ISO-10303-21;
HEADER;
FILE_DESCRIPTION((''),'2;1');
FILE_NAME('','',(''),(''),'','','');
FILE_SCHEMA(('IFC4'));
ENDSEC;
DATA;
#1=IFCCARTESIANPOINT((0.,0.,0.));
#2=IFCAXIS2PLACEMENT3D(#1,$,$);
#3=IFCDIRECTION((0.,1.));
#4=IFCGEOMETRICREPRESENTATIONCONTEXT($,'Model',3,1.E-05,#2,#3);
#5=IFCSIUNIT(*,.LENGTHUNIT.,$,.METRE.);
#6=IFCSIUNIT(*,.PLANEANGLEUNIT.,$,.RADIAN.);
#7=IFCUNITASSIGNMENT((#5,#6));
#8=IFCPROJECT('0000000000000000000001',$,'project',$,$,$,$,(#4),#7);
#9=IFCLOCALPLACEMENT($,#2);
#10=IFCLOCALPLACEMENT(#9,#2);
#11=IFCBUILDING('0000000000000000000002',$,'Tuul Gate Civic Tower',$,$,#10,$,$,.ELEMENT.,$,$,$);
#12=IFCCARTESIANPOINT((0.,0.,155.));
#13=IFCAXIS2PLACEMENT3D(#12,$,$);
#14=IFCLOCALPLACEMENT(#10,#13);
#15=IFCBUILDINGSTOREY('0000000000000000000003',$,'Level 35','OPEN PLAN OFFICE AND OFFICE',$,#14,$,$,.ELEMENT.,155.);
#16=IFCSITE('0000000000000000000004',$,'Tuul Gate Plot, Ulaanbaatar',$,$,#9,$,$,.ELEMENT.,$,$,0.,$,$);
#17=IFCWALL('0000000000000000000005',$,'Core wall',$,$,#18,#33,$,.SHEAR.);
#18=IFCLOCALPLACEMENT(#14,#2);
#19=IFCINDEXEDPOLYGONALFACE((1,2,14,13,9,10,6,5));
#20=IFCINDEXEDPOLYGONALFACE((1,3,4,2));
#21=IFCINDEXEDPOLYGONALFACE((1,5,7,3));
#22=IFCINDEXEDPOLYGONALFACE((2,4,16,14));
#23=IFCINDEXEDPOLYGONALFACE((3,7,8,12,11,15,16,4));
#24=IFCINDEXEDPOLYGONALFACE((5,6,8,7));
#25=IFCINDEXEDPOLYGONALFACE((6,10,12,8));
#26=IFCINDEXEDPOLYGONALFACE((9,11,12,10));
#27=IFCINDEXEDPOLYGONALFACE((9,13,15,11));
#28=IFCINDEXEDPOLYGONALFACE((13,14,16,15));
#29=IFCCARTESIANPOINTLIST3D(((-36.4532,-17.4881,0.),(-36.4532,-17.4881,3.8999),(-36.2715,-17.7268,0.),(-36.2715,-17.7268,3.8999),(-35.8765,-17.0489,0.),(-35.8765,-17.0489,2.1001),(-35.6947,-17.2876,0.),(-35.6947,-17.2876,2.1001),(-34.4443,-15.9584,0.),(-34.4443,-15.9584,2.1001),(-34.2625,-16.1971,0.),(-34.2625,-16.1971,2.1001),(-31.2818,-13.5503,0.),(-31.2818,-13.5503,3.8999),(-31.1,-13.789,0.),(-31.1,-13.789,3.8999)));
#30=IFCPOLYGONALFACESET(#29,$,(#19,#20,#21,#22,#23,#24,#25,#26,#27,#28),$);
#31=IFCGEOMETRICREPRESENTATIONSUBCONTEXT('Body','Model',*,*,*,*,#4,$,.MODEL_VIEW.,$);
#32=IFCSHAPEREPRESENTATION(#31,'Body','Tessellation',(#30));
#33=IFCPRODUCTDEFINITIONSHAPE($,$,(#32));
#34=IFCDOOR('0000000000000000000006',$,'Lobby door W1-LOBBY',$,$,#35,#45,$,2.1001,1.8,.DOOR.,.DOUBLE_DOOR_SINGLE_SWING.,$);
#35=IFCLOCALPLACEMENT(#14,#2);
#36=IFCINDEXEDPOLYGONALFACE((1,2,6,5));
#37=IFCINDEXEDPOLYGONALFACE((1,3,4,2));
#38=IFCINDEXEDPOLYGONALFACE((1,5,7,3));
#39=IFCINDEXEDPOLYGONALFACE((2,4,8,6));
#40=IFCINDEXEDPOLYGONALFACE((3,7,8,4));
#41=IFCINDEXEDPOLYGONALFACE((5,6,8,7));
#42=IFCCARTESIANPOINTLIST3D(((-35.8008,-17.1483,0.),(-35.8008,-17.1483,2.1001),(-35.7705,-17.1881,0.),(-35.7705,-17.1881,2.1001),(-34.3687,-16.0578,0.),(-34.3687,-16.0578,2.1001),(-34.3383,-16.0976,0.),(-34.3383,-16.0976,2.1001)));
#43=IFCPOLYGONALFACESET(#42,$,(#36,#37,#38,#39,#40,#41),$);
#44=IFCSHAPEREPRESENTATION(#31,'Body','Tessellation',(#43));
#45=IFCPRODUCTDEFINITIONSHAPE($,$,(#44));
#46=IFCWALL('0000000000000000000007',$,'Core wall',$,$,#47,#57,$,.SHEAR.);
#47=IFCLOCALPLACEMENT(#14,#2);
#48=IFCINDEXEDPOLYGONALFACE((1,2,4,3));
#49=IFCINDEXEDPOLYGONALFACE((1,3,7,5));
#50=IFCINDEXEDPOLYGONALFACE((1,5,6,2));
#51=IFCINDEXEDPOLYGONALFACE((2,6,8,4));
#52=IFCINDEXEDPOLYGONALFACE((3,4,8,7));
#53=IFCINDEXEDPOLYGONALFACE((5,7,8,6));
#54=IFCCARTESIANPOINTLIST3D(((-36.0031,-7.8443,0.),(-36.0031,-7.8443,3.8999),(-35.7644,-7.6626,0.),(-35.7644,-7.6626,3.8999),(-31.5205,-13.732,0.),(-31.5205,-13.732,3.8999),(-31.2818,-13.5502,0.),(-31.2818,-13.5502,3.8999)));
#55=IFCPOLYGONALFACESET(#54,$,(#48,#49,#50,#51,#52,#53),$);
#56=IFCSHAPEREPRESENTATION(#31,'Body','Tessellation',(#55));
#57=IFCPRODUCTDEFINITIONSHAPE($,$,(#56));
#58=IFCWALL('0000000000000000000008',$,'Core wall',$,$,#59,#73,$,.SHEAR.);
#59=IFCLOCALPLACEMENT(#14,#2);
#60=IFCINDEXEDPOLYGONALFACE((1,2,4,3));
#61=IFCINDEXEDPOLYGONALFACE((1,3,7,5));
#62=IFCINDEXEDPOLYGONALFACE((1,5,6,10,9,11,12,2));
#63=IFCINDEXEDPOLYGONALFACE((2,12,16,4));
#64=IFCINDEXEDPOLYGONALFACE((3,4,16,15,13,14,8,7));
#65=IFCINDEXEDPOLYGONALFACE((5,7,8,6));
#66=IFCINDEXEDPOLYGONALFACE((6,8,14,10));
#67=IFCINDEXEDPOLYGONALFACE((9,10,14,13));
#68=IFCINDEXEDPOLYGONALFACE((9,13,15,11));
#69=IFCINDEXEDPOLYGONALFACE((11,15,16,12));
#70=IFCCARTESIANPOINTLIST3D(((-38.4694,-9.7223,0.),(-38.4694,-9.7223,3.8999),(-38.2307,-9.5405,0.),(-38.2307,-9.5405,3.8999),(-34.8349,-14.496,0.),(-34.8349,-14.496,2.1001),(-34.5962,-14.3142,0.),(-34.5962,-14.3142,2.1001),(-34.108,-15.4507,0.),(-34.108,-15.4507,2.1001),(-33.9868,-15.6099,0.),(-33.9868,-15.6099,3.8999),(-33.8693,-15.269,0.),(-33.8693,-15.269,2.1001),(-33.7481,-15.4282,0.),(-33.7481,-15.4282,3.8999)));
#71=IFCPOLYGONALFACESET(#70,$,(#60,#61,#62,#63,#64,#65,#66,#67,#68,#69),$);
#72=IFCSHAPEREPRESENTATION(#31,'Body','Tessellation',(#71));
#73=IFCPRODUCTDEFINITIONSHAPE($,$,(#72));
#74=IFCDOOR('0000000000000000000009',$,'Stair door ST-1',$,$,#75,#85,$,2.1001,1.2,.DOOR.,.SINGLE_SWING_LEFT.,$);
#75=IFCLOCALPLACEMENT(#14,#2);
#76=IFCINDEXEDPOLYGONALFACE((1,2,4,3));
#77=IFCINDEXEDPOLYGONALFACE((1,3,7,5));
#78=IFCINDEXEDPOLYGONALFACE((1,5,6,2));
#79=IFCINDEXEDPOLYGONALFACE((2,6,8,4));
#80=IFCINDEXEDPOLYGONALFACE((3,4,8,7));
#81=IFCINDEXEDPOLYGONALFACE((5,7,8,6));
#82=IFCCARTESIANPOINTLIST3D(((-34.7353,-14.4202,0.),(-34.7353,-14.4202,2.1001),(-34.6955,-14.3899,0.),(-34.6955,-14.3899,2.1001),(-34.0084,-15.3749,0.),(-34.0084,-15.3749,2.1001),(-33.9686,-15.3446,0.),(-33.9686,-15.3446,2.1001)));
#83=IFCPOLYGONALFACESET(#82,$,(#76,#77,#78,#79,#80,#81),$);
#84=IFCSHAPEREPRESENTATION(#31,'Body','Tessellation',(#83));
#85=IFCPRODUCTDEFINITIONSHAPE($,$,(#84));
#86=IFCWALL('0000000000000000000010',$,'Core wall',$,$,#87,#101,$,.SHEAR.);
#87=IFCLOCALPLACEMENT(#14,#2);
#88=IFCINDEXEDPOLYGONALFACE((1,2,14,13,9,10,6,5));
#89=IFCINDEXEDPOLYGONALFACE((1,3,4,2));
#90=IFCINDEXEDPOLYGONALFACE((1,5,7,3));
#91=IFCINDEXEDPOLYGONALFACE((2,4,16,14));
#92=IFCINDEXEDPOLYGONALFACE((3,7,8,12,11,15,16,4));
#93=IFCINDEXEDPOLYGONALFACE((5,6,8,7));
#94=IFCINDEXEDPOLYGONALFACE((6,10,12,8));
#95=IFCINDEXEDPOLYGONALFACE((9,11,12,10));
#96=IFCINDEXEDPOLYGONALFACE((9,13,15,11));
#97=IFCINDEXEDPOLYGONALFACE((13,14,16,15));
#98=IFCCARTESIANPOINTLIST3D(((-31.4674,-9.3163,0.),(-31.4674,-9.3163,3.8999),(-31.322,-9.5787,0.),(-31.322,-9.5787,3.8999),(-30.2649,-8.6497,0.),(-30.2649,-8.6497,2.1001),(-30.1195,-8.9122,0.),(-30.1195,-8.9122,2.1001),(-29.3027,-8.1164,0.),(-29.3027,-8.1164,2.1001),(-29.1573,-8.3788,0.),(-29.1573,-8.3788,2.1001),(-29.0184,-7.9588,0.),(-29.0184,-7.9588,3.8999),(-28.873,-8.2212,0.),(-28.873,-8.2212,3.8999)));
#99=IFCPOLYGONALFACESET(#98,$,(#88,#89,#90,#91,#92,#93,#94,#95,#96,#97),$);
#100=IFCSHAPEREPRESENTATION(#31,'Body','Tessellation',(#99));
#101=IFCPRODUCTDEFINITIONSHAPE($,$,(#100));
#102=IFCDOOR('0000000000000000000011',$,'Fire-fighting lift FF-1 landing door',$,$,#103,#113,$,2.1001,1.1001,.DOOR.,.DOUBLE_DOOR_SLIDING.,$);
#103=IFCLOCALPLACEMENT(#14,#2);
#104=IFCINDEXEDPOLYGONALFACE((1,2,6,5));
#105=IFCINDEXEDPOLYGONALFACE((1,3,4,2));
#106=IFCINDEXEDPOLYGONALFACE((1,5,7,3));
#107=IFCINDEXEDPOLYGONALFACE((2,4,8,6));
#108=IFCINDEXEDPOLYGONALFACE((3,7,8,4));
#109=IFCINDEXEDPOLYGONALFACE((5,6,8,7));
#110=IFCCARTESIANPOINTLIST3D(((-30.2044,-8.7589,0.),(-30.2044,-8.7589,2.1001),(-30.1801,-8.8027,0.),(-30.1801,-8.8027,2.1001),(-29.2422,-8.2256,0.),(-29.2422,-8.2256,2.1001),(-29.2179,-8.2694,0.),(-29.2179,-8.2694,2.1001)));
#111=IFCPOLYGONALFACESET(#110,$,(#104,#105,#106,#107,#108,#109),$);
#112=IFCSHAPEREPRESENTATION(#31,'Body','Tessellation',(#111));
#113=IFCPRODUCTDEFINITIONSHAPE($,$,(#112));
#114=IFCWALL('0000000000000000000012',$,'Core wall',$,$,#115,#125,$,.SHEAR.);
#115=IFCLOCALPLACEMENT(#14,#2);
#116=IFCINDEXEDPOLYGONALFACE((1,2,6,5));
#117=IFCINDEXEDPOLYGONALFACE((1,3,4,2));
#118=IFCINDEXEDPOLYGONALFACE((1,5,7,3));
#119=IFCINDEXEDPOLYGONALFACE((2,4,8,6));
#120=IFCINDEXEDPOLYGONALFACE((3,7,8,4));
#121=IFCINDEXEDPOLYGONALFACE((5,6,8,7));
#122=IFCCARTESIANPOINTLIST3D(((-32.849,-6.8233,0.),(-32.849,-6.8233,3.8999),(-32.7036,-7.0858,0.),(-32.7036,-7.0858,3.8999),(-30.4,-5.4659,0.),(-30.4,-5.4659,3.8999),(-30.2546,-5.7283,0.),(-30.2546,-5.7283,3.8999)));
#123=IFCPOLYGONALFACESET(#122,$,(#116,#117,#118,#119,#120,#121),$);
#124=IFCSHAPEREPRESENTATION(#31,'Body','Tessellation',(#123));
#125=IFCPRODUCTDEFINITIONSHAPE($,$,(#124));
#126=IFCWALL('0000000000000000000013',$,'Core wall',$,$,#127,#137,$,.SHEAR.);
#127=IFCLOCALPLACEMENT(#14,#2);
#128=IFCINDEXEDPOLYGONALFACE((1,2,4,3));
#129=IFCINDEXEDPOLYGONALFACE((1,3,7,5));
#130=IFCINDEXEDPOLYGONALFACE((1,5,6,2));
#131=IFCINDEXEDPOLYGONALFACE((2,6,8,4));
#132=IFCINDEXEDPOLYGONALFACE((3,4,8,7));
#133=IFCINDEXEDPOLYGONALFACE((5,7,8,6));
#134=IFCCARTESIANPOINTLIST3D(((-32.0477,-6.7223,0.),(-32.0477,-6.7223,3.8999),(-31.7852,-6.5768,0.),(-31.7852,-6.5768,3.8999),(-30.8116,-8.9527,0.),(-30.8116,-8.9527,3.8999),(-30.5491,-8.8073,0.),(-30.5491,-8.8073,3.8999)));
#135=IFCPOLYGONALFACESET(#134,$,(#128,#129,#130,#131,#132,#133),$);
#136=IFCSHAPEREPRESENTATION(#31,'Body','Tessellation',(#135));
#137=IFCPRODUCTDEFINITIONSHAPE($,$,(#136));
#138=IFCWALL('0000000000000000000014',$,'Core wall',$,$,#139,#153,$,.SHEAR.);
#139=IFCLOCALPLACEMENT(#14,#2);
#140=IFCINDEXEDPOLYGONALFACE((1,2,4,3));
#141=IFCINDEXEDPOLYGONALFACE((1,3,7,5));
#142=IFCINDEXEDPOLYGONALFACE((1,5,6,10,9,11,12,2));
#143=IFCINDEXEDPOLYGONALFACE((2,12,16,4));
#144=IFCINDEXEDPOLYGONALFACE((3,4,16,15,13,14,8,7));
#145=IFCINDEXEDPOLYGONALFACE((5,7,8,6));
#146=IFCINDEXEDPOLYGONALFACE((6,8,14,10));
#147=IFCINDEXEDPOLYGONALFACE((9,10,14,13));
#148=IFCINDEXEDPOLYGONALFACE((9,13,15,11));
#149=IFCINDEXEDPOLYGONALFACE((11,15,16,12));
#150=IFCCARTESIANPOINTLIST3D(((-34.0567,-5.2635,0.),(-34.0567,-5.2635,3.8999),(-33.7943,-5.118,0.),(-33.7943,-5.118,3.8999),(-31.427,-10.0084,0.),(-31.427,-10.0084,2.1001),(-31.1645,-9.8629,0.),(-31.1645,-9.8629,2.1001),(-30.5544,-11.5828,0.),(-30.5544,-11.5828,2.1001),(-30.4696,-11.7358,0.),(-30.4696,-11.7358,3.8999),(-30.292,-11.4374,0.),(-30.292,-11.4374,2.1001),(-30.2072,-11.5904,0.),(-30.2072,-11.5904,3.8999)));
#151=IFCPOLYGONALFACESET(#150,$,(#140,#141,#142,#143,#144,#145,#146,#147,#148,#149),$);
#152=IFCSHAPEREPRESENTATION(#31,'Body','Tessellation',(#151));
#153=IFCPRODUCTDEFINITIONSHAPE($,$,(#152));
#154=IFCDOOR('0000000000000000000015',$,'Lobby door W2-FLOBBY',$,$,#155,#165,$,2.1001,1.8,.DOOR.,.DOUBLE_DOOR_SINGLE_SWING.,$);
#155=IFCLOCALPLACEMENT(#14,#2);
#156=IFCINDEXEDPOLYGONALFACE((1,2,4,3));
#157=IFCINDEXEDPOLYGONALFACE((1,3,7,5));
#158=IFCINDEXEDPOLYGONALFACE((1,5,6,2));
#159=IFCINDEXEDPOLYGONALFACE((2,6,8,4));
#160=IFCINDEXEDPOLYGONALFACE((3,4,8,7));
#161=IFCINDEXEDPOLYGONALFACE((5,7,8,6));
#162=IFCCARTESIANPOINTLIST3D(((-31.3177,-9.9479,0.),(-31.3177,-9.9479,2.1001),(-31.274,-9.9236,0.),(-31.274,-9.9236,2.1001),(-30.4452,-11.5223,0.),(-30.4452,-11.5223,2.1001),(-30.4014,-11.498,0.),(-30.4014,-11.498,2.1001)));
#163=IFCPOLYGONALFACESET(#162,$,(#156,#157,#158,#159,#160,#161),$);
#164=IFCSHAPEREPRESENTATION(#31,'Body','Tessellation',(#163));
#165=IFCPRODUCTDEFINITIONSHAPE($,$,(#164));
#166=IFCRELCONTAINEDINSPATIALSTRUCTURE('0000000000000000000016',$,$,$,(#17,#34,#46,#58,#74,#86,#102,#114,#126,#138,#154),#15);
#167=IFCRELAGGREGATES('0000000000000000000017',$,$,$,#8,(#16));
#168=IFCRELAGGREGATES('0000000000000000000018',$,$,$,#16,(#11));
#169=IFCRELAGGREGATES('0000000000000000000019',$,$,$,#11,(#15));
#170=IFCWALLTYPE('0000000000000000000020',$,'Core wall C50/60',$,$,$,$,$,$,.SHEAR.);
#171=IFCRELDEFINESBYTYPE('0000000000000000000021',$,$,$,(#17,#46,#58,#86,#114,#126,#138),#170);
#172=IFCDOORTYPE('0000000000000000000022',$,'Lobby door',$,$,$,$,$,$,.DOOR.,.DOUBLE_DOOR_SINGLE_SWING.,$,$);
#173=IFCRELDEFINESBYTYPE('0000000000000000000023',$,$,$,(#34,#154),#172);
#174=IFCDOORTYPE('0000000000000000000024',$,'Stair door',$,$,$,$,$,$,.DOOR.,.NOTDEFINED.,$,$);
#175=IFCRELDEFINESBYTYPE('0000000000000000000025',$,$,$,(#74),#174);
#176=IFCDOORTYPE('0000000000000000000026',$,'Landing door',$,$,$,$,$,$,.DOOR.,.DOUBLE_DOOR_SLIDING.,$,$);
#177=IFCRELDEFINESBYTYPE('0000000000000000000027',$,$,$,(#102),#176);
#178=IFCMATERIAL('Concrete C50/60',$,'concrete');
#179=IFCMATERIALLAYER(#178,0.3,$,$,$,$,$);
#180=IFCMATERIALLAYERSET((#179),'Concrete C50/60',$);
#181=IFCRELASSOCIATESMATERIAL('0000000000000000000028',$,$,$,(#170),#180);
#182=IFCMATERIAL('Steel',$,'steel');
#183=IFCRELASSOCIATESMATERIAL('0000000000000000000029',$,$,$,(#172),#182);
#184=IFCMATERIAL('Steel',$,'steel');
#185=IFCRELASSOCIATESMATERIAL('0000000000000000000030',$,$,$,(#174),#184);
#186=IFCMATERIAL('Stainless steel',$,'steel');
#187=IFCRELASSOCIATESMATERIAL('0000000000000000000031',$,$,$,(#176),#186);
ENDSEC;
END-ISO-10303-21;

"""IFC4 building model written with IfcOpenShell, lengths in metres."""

from ifc_helpers import new_model, si_unit, direction, frame, frame_2d, origin, place, context, subcontext, project, spatial, rectangle, extrude, material, layer, layer_set, type_object, element, fill, save


model = new_model("IFC4")

# Units and contexts
model_context = context("Model", 3, precision=1e-05, world=origin(), true_north=direction((0.0, 1.0)))
body_context = subcontext(model_context, "Body", "Model", "MODEL_VIEW")
ifc_project = project(units=[si_unit("LENGTHUNIT", "METRE"), si_unit("PLANEANGLEUNIT", "RADIAN")], contexts=[model_context])

# Site, building, storey
site_placement = place(None, origin())
site = spatial("IfcSite", under=ifc_project, at=site_placement, Name="Tuul Gate Plot, Ulaanbaatar", CompositionType="ELEMENT", RefElevation=0.0)
building_placement = place(site_placement, origin())
building = spatial("IfcBuilding", under=site, at=building_placement, Name="Tuul Gate Civic Tower", CompositionType="ELEMENT")
storey_placement = place(building_placement, frame((0.0, 0.0, 155.0)))
storey = spatial("IfcBuildingStorey", under=building, at=storey_placement, Name="Level 35", Description="OPEN PLAN OFFICE AND OFFICE", CompositionType="ELEMENT", Elevation=155.0)

# Wall, opening, door
ifc_material_1 = material(Name="Concrete C50/60", Category="concrete")
ifc_layer_1 = layer(ifc_material_1, 0.3)
ifc_layer_set_1 = layer_set([ifc_layer_1], Name="Concrete C50/60")
wall_type_1 = type_object("IfcWallType", Name="Core wall C50/60", PredefinedType="SHEAR", material=ifc_layer_set_1)
wall_1_placement = place(storey_placement, frame((-31.1909, -13.6697, 0.0), z_axis=(0.0, 0.0, 1.0), x_axis=(-0.795607, -0.605813, 0.0)))
wall_1 = element("IfcWall", 1, at=wall_1_placement, inside=storey, type_object=wall_type_1, Name="Core wall", PredefinedType="SHEAR", context=body_context, shape_type="SweptSolid", body=[
    extrude(rectangle(XDim=6.5, YDim=0.3, at=frame_2d((3.25, 0.0))), origin(), (0.0, 0.0, 1.0), 3.8999),
])
opening_1_placement = place(wall_1_placement, frame((3.9751, 0.0, 0.0)))
opening_1 = element("IfcOpeningElement", 2, at=opening_1_placement, cuts=wall_1, PredefinedType="OPENING", context=body_context, shape_type="SweptSolid", body=[
    extrude(rectangle(XDim=1.8, YDim=2.1001, at=frame_2d((0.8999, 1.05))), frame((0.0, 0.1602, 0.0), z_axis=(0.0, -1.0, 0.0), x_axis=(1.0, 0.0, 0.0)), (0.0, 0.0, 1.0), 0.3201),
])
ifc_material_2 = material(Name="Steel", Category="steel")
door_type_1 = type_object("IfcDoorType", Name="Lobby door", OperationType="DOUBLE_DOOR_SINGLE_SWING", PredefinedType="DOOR", material=ifc_material_2)
door_1_placement = place(opening_1_placement, origin())
door_1 = element("IfcDoor", 3, at=door_1_placement, inside=storey, type_object=door_type_1, Name="Lobby door W1-LOBBY", OperationType="DOUBLE_DOOR_SINGLE_SWING", OverallHeight=2.1001, OverallWidth=1.8, PredefinedType="DOOR", context=body_context, shape_type="SweptSolid", body=[
    extrude(rectangle(XDim=1.8, YDim=2.1001, at=frame_2d((0.8999, 1.05))), frame((0.0, 0.0249, 0.0), z_axis=(0.0, -1.0, 0.0), x_axis=(1.0, 0.0, 0.0)), (0.0, 0.0, 1.0), 0.05),
])
fill(opening_1, door_1)

# Wall
wall_2_placement = place(storey_placement, frame((-31.4011, -13.6411, 0.0), z_axis=(0.0, 0.0, 1.0), x_axis=(-0.60577, 0.79564, 0.0)))
element("IfcWall", 4, at=wall_2_placement, inside=storey, type_object=wall_type_1, Name="Core wall", PredefinedType="SHEAR", context=body_context, shape_type="SweptSolid", body=[
    extrude(rectangle(XDim=7.3999, YDim=0.3, at=frame_2d((3.7, 0.0))), origin(), (0.0, 0.0, 1.0), 3.8999),
])

# Walls, openings, doors
wall_3_placement = place(storey_placement, frame((-33.8674, -15.519, 0.0), z_axis=(0.0, 0.0, 1.0), x_axis=(-0.60577, 0.79564, 0.0)))
wall_3 = element("IfcWall", 5, at=wall_3_placement, inside=storey, type_object=wall_type_1, Name="Core wall", PredefinedType="SHEAR", context=body_context, shape_type="SweptSolid", body=[
    extrude(rectangle(XDim=7.3999, YDim=0.3, at=frame_2d((3.7, 0.0))), origin(), (0.0, 0.0, 1.0), 3.8999),
])
opening_2_placement = place(wall_3_placement, frame((0.2, 0.0, 0.0)))
opening_2 = element("IfcOpeningElement", 6, at=opening_2_placement, cuts=wall_3, PredefinedType="OPENING", context=body_context, shape_type="SweptSolid", body=[
    extrude(rectangle(XDim=1.2, YDim=2.1001, at=frame_2d((0.6001, 1.05))), frame((0.0, 0.1602, 0.0), z_axis=(0.0, -1.0, 0.0), x_axis=(1.0, 0.0, 0.0)), (0.0, 0.0, 1.0), 0.3201),
])
ifc_material_3 = material(Name="Steel", Category="steel")
door_type_2 = type_object("IfcDoorType", Name="Stair door", OperationType="NOTDEFINED", PredefinedType="DOOR", material=ifc_material_3)
door_2_placement = place(opening_2_placement, origin())
door_2 = element("IfcDoor", 7, at=door_2_placement, inside=storey, type_object=door_type_2, Name="Stair door ST-1", OperationType="SINGLE_SWING_LEFT", OverallHeight=2.1001, OverallWidth=1.2, PredefinedType="DOOR", context=body_context, shape_type="SweptSolid", body=[
    extrude(rectangle(XDim=1.2, YDim=2.1001, at=frame_2d((0.6001, 1.05))), frame((0.0, 0.0249, 0.0), z_axis=(0.0, -1.0, 0.0), x_axis=(1.0, 0.0, 0.0)), (0.0, 0.0, 1.0), 0.05),
])
fill(opening_2, door_2)
wall_4_placement = place(storey_placement, frame((-28.9458, -8.0901, 0.0), z_axis=(0.0, 0.0, 1.0), x_axis=(-0.87463, -0.484791, 0.0)))
wall_4 = element("IfcWall", 8, at=wall_4_placement, inside=storey, type_object=wall_type_1, Name="Core wall", PredefinedType="SHEAR", context=body_context, shape_type="SweptSolid", body=[
    extrude(rectangle(XDim=2.8, YDim=0.3, at=frame_2d((1.3999, 0.0))), origin(), (0.0, 0.0, 1.0), 3.8999),
])
opening_3_placement = place(wall_4_placement, frame((0.325, 0.0, 0.0)))
opening_3 = element("IfcOpeningElement", 9, at=opening_3_placement, cuts=wall_4, PredefinedType="OPENING", context=body_context, shape_type="SweptSolid", body=[
    extrude(rectangle(XDim=1.1001, YDim=2.1001, at=frame_2d((0.55, 1.05))), frame((0.0, 0.1602, 0.0), z_axis=(0.0, -1.0, 0.0), x_axis=(1.0, 0.0, 0.0)), (0.0, 0.0, 1.0), 0.3201),
])
ifc_material_4 = material(Name="Stainless steel", Category="steel")
door_type_3 = type_object("IfcDoorType", Name="Landing door", OperationType="DOUBLE_DOOR_SLIDING", PredefinedType="DOOR", material=ifc_material_4)
door_3_placement = place(opening_3_placement, origin())
door_3 = element("IfcDoor", 10, at=door_3_placement, inside=storey, type_object=door_type_3, Name="Fire-fighting lift FF-1 landing door", OperationType="DOUBLE_DOOR_SLIDING", OverallHeight=2.1001, OverallWidth=1.1001, PredefinedType="DOOR", context=body_context, shape_type="SweptSolid", body=[
    extrude(rectangle(XDim=1.1001, YDim=2.1001, at=frame_2d((0.55, 1.05))), frame((0.0, 0.0249, 0.0), z_axis=(0.0, -1.0, 0.0), x_axis=(1.0, 0.0, 0.0)), (0.0, 0.0, 1.0), 0.05),
])
fill(opening_3, door_3)

# Walls
wall_5_placement = place(storey_placement, frame((-30.3274, -5.5972, 0.0), z_axis=(0.0, 0.0, 1.0), x_axis=(-0.87463, -0.484791, 0.0)))
element("IfcWall", 11, at=wall_5_placement, inside=storey, type_object=wall_type_1, Name="Core wall", PredefinedType="SHEAR", context=body_context, shape_type="SweptSolid", body=[
    extrude(rectangle(XDim=2.8, YDim=0.3, at=frame_2d((1.3999, 0.0))), origin(), (0.0, 0.0, 1.0), 3.8999),
])
wall_6_placement = place(storey_placement, frame((-30.6804, -8.8799, 0.0), z_axis=(0.0, 0.0, 1.0), x_axis=(-0.484724, 0.874667, 0.0)))
element("IfcWall", 12, at=wall_6_placement, inside=storey, type_object=wall_type_1, Name="Core wall", PredefinedType="SHEAR", context=body_context, shape_type="SweptSolid", body=[
    extrude(rectangle(XDim=2.55, YDim=0.3, at=frame_2d((1.2749, 0.0))), origin(), (0.0, 0.0, 1.0), 3.8999),
])

# Wall, opening, door
wall_7_placement = place(storey_placement, frame((-30.3384, -11.6631, 0.0), z_axis=(0.0, 0.0, 1.0), x_axis=(-0.484752, 0.874652, 0.0)))
wall_7 = element("IfcWall", 13, at=wall_7_placement, inside=storey, type_object=wall_type_1, Name="Core wall", PredefinedType="SHEAR", context=body_context, shape_type="SweptSolid", body=[
    extrude(rectangle(XDim=7.3999, YDim=0.3, at=frame_2d((3.7, 0.0))), origin(), (0.0, 0.0, 1.0), 3.8999),
])
opening_4_placement = place(wall_7_placement, frame((0.175, 0.0, 0.0)))
opening_4 = element("IfcOpeningElement", 14, at=opening_4_placement, cuts=wall_7, PredefinedType="OPENING", context=body_context, shape_type="SweptSolid", body=[
    extrude(rectangle(XDim=1.8, YDim=2.1001, at=frame_2d((0.8999, 1.05))), frame((0.0, 0.1602, 0.0), z_axis=(0.0, -1.0, 0.0), x_axis=(1.0, 0.0, 0.0)), (0.0, 0.0, 1.0), 0.3201),
])
door_4_placement = place(opening_4_placement, frame((1.8, 0.0, 0.0), z_axis=(0.0, 0.0, 1.0), x_axis=(-1.0, 0.0, 0.0)))
door_4 = element("IfcDoor", 15, at=door_4_placement, inside=storey, type_object=door_type_1, Name="Lobby door W2-FLOBBY", OperationType="DOUBLE_DOOR_SINGLE_SWING", OverallHeight=2.1001, OverallWidth=1.8, PredefinedType="DOOR", context=body_context, shape_type="SweptSolid", body=[
    extrude(rectangle(XDim=1.8, YDim=2.1001, at=frame_2d((0.9001, 1.05))), frame((0.0, 0.0249, 0.0), z_axis=(0.0, -1.0, 0.0), x_axis=(1.0, 0.0, 0.0)), (0.0, 0.0, 1.0), 0.05),
])
fill(opening_4, door_4)

save(model, "model.ifc")
